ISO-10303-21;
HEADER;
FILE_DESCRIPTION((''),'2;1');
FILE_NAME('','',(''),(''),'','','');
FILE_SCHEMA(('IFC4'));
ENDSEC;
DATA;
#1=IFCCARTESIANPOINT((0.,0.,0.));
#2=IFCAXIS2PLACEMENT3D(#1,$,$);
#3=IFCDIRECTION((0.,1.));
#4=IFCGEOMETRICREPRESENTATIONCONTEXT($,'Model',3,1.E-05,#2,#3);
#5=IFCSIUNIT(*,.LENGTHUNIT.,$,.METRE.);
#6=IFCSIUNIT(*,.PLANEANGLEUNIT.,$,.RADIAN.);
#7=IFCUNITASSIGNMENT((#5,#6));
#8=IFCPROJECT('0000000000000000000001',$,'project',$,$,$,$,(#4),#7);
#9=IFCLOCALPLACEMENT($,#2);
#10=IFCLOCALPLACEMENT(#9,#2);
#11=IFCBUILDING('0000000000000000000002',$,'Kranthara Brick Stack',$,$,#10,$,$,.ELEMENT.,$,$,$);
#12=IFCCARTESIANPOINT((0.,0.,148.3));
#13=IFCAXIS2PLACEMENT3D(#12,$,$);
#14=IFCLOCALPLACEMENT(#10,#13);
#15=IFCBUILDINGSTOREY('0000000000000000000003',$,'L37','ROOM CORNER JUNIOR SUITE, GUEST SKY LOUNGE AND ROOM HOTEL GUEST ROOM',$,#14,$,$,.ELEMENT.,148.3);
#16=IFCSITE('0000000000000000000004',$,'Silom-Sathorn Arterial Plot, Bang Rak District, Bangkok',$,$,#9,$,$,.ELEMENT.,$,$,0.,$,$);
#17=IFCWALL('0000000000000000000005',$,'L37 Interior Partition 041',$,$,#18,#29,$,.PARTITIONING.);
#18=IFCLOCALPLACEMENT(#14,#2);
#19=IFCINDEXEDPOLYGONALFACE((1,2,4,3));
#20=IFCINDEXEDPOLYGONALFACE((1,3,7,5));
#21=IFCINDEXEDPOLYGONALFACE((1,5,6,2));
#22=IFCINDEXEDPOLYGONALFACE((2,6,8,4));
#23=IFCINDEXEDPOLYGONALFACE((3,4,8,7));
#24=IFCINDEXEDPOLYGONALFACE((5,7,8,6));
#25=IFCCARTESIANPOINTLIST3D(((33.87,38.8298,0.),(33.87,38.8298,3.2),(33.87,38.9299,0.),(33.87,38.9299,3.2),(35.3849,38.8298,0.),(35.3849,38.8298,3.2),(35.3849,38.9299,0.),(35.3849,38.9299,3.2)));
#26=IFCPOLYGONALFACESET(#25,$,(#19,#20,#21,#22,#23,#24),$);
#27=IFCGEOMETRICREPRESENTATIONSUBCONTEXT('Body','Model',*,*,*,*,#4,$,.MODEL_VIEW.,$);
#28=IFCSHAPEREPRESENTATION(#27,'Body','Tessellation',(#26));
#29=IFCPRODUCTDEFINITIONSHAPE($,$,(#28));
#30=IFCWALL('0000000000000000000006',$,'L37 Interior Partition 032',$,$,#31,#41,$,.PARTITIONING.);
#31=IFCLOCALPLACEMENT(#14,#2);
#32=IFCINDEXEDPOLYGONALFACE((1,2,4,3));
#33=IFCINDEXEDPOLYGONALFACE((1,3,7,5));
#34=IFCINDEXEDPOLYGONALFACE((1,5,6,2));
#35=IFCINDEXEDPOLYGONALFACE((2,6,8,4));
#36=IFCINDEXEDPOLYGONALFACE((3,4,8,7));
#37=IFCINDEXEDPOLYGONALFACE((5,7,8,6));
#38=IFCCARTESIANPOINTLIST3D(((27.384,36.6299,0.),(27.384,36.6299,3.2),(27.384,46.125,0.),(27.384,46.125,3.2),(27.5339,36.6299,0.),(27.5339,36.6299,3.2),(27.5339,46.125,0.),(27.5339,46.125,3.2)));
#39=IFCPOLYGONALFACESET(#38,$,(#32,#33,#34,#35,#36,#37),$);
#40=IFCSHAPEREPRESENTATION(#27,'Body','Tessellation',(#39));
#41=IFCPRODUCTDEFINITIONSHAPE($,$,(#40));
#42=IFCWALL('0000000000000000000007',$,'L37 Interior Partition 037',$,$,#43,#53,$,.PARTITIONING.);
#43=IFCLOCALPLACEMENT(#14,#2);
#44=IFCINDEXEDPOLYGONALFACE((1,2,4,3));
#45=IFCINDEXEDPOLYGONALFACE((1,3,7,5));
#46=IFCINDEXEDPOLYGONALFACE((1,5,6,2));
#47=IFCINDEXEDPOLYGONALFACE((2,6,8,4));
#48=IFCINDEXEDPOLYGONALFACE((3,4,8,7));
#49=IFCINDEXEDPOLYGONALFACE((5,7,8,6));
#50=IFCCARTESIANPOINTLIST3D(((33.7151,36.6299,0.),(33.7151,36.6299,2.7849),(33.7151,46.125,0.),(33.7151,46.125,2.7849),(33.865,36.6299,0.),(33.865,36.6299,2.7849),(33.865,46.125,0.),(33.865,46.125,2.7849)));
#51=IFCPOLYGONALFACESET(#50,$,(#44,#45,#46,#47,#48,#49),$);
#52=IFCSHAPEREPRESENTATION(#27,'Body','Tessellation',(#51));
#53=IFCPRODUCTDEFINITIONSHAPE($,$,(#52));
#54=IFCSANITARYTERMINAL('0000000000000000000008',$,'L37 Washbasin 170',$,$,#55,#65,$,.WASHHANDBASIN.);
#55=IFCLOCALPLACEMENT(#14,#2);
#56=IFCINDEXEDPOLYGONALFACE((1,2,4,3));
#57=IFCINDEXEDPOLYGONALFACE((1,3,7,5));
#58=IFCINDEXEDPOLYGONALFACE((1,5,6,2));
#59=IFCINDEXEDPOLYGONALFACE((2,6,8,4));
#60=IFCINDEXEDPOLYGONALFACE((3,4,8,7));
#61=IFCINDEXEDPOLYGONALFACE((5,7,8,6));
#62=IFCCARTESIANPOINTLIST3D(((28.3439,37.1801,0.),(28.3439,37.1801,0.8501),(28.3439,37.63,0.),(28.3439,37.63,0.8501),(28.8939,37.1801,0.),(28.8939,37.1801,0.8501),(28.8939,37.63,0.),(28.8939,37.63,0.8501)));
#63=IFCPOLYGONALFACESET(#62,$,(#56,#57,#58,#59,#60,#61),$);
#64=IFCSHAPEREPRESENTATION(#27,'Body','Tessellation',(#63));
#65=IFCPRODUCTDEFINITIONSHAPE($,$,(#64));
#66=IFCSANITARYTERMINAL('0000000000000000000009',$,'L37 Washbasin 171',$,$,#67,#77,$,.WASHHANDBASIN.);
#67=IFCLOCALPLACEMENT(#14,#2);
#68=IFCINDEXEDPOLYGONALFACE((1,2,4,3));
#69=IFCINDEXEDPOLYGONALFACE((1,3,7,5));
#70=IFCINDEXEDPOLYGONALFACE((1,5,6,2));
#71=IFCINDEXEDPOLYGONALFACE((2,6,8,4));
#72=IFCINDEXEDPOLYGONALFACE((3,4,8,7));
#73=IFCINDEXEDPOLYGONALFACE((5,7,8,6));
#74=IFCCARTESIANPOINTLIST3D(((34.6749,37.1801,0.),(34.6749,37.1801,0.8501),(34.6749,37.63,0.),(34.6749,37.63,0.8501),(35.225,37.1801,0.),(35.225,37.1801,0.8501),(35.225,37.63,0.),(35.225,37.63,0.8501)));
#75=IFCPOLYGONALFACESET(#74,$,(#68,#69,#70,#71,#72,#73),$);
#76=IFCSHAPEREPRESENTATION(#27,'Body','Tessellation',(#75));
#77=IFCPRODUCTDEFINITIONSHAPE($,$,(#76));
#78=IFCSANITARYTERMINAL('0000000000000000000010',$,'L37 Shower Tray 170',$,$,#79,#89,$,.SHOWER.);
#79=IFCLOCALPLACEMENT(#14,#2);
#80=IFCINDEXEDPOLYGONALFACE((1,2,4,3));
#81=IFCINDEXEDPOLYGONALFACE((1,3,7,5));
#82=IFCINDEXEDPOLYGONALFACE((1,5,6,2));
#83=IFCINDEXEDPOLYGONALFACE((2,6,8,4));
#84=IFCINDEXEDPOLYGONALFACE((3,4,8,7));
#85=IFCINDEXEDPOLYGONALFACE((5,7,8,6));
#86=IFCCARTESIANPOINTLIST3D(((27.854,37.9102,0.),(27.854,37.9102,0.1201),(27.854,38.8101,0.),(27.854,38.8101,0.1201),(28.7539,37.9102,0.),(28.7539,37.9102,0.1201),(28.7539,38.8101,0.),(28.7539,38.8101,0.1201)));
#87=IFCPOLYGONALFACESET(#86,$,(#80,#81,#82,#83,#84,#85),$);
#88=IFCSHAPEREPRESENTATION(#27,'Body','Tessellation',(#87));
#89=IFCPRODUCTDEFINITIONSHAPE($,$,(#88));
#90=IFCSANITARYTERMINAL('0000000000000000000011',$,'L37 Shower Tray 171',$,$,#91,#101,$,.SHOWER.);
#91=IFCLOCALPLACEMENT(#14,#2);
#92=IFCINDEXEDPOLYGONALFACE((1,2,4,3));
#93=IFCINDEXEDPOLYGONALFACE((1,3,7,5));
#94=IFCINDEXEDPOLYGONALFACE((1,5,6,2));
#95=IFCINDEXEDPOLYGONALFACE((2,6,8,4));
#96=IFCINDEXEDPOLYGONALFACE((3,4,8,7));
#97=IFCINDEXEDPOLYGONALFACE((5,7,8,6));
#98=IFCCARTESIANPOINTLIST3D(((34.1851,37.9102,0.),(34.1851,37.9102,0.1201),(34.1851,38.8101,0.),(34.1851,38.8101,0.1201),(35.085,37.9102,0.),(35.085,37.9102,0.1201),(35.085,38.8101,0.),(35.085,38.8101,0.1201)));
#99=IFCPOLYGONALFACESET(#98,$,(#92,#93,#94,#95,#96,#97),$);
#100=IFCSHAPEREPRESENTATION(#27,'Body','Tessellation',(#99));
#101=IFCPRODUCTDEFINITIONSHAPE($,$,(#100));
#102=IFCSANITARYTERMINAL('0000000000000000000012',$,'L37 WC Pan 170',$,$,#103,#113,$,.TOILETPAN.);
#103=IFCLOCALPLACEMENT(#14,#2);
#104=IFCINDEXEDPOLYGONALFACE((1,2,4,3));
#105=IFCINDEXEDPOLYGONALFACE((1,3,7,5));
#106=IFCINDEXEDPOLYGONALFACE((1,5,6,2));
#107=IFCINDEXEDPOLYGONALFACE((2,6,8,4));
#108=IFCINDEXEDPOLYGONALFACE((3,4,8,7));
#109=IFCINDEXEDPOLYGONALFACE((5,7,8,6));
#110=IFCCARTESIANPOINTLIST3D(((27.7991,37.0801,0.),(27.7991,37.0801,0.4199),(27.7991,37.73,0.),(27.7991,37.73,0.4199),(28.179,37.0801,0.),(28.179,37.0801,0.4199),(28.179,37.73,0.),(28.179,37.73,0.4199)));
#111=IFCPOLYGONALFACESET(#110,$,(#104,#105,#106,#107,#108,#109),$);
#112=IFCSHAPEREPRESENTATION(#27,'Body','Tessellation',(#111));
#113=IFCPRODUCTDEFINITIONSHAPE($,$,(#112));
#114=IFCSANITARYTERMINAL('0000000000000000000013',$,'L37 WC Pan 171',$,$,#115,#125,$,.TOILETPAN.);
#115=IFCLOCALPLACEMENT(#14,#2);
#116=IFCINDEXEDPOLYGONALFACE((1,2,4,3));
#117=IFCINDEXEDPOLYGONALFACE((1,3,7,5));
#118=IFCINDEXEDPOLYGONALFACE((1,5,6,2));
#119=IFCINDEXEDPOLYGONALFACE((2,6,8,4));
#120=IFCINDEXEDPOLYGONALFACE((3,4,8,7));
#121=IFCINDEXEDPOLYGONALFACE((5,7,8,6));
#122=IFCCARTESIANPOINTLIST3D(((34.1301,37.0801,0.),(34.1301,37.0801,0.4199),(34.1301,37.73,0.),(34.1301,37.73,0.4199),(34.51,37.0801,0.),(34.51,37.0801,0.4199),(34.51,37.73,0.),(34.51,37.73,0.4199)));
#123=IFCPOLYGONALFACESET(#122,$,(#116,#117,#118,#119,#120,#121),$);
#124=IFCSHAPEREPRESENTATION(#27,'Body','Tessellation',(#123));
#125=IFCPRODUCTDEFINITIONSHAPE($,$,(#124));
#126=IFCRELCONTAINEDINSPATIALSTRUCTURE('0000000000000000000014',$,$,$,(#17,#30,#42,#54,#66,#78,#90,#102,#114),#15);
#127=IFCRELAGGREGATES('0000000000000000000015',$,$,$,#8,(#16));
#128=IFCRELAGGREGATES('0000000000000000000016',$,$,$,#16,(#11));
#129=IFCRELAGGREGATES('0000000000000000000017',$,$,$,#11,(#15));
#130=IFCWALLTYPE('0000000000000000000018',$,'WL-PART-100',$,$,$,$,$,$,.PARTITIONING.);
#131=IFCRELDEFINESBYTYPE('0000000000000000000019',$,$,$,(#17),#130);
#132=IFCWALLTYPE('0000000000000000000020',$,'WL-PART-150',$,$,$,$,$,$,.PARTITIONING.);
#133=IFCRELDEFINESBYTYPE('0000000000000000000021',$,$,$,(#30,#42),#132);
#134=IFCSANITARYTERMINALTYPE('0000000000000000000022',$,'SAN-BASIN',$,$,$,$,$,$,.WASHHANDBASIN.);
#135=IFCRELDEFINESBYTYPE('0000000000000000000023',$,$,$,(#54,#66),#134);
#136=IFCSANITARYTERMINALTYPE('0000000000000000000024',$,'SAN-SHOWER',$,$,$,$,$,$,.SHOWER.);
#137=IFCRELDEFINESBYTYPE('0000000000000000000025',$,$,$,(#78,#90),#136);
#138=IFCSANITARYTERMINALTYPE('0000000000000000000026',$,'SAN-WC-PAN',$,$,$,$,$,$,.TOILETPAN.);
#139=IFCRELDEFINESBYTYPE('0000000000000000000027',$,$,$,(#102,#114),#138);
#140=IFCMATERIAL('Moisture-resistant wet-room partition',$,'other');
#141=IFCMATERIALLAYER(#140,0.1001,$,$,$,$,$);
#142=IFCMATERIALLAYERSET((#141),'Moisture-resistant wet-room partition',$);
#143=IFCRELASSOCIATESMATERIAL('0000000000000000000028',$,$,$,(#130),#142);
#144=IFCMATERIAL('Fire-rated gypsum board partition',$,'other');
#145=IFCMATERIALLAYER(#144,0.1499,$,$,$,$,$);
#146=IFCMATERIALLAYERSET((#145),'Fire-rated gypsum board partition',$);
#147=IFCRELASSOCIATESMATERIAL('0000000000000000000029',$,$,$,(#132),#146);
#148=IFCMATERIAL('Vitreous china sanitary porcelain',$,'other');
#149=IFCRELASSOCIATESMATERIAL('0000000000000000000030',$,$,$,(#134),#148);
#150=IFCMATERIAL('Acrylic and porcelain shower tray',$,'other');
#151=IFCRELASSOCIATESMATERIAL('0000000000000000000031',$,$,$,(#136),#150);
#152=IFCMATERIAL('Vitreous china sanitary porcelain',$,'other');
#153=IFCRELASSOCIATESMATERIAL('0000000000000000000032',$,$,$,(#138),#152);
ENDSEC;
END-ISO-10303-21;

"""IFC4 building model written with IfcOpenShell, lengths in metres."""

from ifc_helpers import new_model, si_unit, direction, frame, frame_2d, origin, origin_2d, place, context, subcontext, project, spatial, rectangle, extrude, material, layer, layer_set, type_object, element, save


model = new_model("IFC4")

# Units and contexts
model_context = context("Model", 3, precision=1e-05, world=origin(), true_north=direction((0.0, 1.0)))
body_context = subcontext(model_context, "Body", "Model", "MODEL_VIEW")
ifc_project = project(units=[si_unit("LENGTHUNIT", "METRE"), si_unit("PLANEANGLEUNIT", "RADIAN")], contexts=[model_context])

# Site, building, storey
site_placement = place(None, origin())
site = spatial("IfcSite", under=ifc_project, at=site_placement, Name="Silom-Sathorn Arterial Plot, Bang Rak District, Bangkok", CompositionType="ELEMENT", RefElevation=0.0)
building_placement = place(site_placement, origin())
building = spatial("IfcBuilding", under=site, at=building_placement, Name="Kranthara Brick Stack", CompositionType="ELEMENT")
storey_placement = place(building_placement, frame((0.0, 0.0, 148.3)))
storey = spatial("IfcBuildingStorey", under=building, at=storey_placement, Name="L37", Description="ROOM CORNER JUNIOR SUITE, GUEST SKY LOUNGE AND ROOM HOTEL GUEST ROOM", CompositionType="ELEMENT", Elevation=148.3)

# Shared definitions
ifc_material_1 = material(Name="Moisture-resistant wet-room partition", Category="other")
ifc_layer_1 = layer(ifc_material_1, 0.1001)
ifc_layer_set_1 = layer_set([ifc_layer_1], Name="Moisture-resistant wet-room partition")
wall_type_1 = type_object("IfcWallType", Name="WL-PART-100", PredefinedType="PARTITIONING", material=ifc_layer_set_1)

# Walls
wall_1_placement = place(storey_placement, frame((33.8701, 38.8799, 0.0), z_axis=(0.0, 0.0, 1.0), x_axis=(1.0, 0.0, 0.0)))
element("IfcWall", 1, at=wall_1_placement, inside=storey, type_object=wall_type_1, Name="L37 Interior Partition 041", PredefinedType="PARTITIONING", context=body_context, shape_type="SweptSolid", body=[
    extrude(rectangle(XDim=1.5149, YDim=0.1001, at=frame_2d((0.7573, 0.0))), origin(), (0.0, 0.0, 1.0), 3.2),
])
ifc_material_2 = material(Name="Fire-rated gypsum board partition", Category="other")
ifc_layer_2 = layer(ifc_material_2, 0.1499)
ifc_layer_set_2 = layer_set([ifc_layer_2], Name="Fire-rated gypsum board partition")
wall_type_2 = type_object("IfcWallType", Name="WL-PART-150", PredefinedType="PARTITIONING", material=ifc_layer_set_2)
wall_2_placement = place(storey_placement, frame((27.459, 36.6299, 0.0), z_axis=(0.0, 0.0, 1.0), x_axis=(0.0, 1.0, 0.0)))
element("IfcWall", 2, at=wall_2_placement, inside=storey, type_object=wall_type_2, Name="L37 Interior Partition 032", PredefinedType="PARTITIONING", context=body_context, shape_type="SweptSolid", body=[
    extrude(rectangle(XDim=9.4951, YDim=0.1499, at=frame_2d((4.7476, 0.0))), origin(), (0.0, 0.0, 1.0), 3.2),
])
wall_3_placement = place(storey_placement, frame((33.79, 36.6299, 0.0), z_axis=(0.0, 0.0, 1.0), x_axis=(0.0, 1.0, 0.0)))
element("IfcWall", 3, at=wall_3_placement, inside=storey, type_object=wall_type_2, Name="L37 Interior Partition 037", PredefinedType="PARTITIONING", context=body_context, shape_type="SweptSolid", body=[
    extrude(rectangle(XDim=9.4951, YDim=0.1499, at=frame_2d((4.7476, 0.0))), origin(), (0.0, 0.0, 1.0), 2.7849),
])

# Sanitary terminals
ifc_material_3 = material(Name="Vitreous china sanitary porcelain", Category="other")
sanitary_terminal_type_1 = type_object("IfcSanitaryTerminalType", Name="SAN-BASIN", PredefinedType="WASHHANDBASIN", material=ifc_material_3)
for number, where, z_axis, x_axis, name in (
    (4, (28.6189, 37.405, 0.0), (0.0, 0.0, 1.0), (1.0, 0.0, 0.0), "L37 Washbasin 170"),
    (5, (34.95, 37.405, 0.0), (0.0, 0.0, 1.0), (1.0, 0.0, 0.0), "L37 Washbasin 171"),
):
    element("IfcSanitaryTerminal", number, at=place(storey_placement, frame(where, z_axis=z_axis, x_axis=x_axis)), inside=storey, type_object=sanitary_terminal_type_1, Name=name, PredefinedType="WASHHANDBASIN", context=body_context, shape_type="SweptSolid", body=[
        extrude(rectangle(XDim=0.55, YDim=0.45, at=origin_2d()), origin(), (0.0, 0.0, 1.0), 0.8501),
    ])
ifc_material_4 = material(Name="Acrylic and porcelain shower tray", Category="other")
sanitary_terminal_type_2 = type_object("IfcSanitaryTerminalType", Name="SAN-SHOWER", PredefinedType="SHOWER", material=ifc_material_4)
for number, where, z_axis, x_axis, name in (
    (6, (28.304, 38.3601, 0.0), (0.0, 0.0, 1.0), (1.0, 0.0, 0.0), "L37 Shower Tray 170"),
    (7, (34.635, 38.3601, 0.0), (0.0, 0.0, 1.0), (1.0, 0.0, 0.0), "L37 Shower Tray 171"),
):
    element("IfcSanitaryTerminal", number, at=place(storey_placement, frame(where, z_axis=z_axis, x_axis=x_axis)), inside=storey, type_object=sanitary_terminal_type_2, Name=name, PredefinedType="SHOWER", context=body_context, shape_type="SweptSolid", body=[
        extrude(rectangle(XDim=0.8999, YDim=0.8999, at=origin_2d()), origin(), (0.0, 0.0, 1.0), 0.1201),
    ])
ifc_material_5 = material(Name="Vitreous china sanitary porcelain", Category="other")
sanitary_terminal_type_3 = type_object("IfcSanitaryTerminalType", Name="SAN-WC-PAN", PredefinedType="TOILETPAN", material=ifc_material_5)
for number, where, z_axis, x_axis, name in (
    (8, (27.989, 37.405, 0.0), (0.0, 0.0, 1.0), (1.0, 0.0, 0.0), "L37 WC Pan 170"),
    (9, (34.3201, 37.405, 0.0), (0.0, 0.0, 1.0), (1.0, 0.0, 0.0), "L37 WC Pan 171"),
):
    element("IfcSanitaryTerminal", number, at=place(storey_placement, frame(where, z_axis=z_axis, x_axis=x_axis)), inside=storey, type_object=sanitary_terminal_type_3, Name=name, PredefinedType="TOILETPAN", context=body_context, shape_type="SweptSolid", body=[
        extrude(rectangle(XDim=0.3799, YDim=0.6499, at=origin_2d()), origin(), (0.0, 0.0, 1.0), 0.4199),
    ])

save(model, "model.ifc")
